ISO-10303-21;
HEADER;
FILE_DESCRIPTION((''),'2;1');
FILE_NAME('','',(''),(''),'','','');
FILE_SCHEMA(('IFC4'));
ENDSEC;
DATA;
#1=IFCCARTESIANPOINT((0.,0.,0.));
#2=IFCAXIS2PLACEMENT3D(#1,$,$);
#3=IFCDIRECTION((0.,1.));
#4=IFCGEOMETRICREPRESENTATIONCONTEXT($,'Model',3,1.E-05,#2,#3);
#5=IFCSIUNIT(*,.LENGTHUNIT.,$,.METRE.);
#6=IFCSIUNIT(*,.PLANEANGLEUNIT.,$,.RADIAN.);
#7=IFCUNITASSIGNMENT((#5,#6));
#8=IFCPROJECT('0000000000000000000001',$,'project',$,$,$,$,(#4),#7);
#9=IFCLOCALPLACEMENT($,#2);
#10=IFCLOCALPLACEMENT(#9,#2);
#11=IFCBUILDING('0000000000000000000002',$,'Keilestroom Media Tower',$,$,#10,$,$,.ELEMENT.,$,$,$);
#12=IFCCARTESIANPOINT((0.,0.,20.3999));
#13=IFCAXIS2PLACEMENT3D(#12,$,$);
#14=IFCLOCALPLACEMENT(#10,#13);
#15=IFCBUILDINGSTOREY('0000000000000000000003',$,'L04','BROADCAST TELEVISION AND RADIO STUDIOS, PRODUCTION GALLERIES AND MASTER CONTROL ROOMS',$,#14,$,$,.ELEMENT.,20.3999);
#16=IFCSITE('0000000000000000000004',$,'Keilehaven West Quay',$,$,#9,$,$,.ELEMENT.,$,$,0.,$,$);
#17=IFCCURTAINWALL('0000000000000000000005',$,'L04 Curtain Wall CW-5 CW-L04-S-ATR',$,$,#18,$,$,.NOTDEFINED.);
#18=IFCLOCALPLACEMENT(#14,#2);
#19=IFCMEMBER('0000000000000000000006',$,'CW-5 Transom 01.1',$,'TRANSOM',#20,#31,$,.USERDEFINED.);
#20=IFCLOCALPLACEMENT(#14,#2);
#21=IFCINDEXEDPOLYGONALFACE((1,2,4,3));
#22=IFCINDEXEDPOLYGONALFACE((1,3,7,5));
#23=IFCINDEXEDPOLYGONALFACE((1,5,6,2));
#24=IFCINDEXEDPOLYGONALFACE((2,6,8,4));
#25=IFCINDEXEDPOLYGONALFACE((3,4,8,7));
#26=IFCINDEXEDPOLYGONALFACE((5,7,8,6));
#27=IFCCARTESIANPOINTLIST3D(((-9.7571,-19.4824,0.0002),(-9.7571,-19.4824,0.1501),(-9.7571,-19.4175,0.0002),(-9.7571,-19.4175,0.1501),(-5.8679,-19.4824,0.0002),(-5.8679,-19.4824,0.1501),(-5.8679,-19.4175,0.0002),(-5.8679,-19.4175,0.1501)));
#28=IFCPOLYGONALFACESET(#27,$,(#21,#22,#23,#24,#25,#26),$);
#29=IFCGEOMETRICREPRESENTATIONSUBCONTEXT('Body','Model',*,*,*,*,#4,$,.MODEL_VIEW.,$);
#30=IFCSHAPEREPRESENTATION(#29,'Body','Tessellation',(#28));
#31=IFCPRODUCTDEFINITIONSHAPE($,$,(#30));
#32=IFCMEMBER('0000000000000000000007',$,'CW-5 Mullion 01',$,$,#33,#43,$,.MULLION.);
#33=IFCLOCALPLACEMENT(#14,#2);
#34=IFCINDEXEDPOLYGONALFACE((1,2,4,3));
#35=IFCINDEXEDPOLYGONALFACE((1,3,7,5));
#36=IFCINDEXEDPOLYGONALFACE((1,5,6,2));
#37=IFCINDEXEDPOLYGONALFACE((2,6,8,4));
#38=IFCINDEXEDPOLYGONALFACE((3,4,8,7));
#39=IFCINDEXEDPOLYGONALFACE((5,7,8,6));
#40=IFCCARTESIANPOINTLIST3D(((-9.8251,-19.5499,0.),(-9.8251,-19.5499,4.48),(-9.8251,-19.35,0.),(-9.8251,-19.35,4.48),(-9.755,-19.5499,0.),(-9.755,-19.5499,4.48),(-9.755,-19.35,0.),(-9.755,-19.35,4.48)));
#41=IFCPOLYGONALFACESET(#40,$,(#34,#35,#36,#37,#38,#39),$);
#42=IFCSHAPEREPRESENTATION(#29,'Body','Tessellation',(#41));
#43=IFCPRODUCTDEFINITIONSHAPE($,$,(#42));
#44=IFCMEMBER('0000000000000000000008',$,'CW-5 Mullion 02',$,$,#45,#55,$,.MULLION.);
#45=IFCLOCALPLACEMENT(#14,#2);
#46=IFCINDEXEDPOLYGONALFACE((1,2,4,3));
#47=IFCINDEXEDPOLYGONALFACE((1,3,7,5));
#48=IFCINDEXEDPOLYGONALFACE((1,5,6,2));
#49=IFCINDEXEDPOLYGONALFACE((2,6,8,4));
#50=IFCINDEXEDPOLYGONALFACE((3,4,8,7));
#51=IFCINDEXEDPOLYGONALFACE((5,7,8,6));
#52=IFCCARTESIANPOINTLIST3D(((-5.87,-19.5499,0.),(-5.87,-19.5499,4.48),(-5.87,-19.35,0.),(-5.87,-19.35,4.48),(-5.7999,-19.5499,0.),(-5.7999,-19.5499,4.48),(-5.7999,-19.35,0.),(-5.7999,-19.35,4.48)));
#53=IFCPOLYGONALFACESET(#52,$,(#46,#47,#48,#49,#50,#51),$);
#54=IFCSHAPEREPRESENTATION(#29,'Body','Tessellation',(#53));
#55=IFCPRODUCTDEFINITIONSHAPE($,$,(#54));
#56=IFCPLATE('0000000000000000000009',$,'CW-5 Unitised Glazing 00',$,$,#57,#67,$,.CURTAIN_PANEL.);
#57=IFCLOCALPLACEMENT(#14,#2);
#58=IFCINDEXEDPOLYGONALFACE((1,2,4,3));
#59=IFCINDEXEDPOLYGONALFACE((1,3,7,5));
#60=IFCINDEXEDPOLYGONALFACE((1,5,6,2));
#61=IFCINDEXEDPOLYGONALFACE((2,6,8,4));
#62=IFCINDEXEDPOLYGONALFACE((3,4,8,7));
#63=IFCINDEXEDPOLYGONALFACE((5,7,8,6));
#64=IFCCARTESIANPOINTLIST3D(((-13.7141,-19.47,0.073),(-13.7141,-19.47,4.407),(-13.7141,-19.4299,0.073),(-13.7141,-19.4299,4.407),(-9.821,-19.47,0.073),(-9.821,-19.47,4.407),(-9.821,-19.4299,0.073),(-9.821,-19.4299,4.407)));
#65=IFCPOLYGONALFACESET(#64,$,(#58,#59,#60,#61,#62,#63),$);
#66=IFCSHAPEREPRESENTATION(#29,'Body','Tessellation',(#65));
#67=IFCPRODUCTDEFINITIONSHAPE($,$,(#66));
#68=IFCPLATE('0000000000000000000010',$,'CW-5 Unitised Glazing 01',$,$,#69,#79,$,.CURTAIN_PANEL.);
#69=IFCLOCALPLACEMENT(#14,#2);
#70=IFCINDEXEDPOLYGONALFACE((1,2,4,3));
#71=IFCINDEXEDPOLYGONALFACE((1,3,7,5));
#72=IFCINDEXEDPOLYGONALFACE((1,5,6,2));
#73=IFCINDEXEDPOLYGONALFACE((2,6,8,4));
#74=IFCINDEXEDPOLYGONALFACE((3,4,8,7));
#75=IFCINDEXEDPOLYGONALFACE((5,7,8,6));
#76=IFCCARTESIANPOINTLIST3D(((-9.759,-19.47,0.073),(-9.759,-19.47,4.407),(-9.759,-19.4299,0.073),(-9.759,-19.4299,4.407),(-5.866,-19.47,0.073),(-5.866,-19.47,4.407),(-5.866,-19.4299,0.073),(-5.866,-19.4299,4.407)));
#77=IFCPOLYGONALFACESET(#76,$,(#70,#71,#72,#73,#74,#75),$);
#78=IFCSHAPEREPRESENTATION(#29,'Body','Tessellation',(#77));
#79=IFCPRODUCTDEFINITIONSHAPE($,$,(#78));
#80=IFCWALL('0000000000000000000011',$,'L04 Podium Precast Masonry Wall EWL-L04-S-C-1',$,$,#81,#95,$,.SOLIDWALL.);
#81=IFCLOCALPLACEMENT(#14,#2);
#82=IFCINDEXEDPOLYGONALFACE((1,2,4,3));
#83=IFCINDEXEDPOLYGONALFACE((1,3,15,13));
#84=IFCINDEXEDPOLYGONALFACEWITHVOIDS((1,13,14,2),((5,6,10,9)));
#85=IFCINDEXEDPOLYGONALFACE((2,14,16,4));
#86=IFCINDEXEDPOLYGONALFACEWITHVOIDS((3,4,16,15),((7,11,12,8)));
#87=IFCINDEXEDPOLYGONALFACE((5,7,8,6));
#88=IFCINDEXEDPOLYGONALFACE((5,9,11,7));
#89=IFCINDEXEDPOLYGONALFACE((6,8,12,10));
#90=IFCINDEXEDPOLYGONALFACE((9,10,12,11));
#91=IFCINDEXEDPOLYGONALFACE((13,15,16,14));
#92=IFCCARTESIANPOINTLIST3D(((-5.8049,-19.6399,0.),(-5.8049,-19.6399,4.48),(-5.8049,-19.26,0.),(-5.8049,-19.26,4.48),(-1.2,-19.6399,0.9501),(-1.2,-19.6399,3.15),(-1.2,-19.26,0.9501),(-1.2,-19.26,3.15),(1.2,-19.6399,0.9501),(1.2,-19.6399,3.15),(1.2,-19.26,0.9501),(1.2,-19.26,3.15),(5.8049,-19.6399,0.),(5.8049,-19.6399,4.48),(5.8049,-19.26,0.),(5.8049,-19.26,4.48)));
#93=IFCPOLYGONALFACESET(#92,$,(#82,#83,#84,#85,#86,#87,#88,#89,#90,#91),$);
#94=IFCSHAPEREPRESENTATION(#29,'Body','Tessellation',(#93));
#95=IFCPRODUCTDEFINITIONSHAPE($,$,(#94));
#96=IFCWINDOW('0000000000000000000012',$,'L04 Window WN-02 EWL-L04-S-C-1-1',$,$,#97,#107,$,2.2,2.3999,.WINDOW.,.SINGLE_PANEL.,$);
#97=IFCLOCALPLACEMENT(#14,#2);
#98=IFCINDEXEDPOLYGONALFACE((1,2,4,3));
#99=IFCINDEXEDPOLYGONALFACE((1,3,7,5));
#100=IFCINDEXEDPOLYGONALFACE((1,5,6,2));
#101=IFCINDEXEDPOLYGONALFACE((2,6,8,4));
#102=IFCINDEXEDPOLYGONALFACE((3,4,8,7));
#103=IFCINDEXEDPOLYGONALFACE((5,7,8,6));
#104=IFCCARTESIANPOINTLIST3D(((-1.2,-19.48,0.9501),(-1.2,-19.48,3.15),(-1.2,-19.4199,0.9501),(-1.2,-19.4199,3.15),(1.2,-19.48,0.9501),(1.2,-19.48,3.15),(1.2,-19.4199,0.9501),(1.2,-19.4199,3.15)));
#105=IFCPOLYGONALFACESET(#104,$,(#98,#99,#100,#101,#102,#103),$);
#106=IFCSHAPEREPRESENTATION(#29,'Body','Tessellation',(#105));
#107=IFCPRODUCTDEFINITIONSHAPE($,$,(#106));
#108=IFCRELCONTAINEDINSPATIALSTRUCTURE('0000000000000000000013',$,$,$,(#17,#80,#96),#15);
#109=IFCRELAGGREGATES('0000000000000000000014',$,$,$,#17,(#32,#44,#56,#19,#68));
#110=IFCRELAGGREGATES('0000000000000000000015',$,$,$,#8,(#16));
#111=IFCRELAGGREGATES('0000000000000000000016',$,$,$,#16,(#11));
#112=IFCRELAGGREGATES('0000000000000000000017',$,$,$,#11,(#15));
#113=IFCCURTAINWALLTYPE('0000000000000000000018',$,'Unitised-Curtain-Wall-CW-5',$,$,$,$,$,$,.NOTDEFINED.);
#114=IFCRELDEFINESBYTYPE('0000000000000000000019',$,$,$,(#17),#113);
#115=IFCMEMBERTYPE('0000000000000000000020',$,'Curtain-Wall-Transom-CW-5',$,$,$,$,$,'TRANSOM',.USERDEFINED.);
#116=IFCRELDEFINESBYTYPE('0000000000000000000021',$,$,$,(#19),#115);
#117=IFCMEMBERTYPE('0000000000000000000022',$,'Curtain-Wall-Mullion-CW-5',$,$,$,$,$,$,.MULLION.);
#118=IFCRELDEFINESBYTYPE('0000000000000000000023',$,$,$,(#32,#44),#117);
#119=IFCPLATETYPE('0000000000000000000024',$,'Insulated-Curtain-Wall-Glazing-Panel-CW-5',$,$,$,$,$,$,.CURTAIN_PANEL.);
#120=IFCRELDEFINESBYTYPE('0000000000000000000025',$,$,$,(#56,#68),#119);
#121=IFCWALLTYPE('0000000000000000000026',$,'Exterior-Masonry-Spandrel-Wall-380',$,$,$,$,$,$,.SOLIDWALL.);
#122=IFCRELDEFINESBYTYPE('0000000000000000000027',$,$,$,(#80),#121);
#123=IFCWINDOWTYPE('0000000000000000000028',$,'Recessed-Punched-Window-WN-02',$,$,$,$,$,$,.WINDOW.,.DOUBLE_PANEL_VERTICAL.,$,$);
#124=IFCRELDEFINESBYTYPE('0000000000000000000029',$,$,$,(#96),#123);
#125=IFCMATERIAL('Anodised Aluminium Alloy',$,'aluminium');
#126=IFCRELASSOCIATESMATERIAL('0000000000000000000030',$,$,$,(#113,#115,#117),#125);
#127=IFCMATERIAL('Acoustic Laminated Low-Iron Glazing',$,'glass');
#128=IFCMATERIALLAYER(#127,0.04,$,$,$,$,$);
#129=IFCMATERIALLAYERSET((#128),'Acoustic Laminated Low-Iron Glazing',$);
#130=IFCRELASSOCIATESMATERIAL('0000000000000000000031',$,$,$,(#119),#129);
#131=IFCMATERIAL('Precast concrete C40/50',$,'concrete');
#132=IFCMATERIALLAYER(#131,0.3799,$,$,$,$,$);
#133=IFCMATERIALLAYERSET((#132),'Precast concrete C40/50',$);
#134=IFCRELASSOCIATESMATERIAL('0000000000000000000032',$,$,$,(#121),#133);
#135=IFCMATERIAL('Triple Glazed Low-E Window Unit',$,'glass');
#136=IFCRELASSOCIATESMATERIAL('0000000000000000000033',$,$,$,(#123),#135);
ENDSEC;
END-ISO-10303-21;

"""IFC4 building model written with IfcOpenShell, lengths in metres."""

from ifc_helpers import new_model, si_unit, direction, frame, frame_2d, origin, origin_2d, place, context, subcontext, project, spatial, rectangle, extrude, source, transform, mapped, material, layer, layer_set, material_profile, profile_set, type_object, element, fill, aggregate, save


model = new_model("IFC4")

# Units and contexts
model_context = context("Model", 3, precision=1e-05, world=origin(), true_north=direction((0.0, 1.0)))
body_context = subcontext(model_context, "Body", "Model", "MODEL_VIEW")
ifc_project = project(units=[si_unit("LENGTHUNIT", "METRE"), si_unit("PLANEANGLEUNIT", "RADIAN")], contexts=[model_context])

# Site, building, storey
site_placement = place(None, origin())
site = spatial("IfcSite", under=ifc_project, at=site_placement, Name="Keilehaven West Quay", CompositionType="ELEMENT", RefElevation=0.0)
building_placement = place(site_placement, origin())
building = spatial("IfcBuilding", under=site, at=building_placement, Name="Keilestroom Media Tower", CompositionType="ELEMENT")
storey_placement = place(building_placement, frame((0.0, 0.0, 20.3999)))
storey = spatial("IfcBuildingStorey", under=building, at=storey_placement, Name="L04", Description="BROADCAST TELEVISION AND RADIO STUDIOS, PRODUCTION GALLERIES AND MASTER CONTROL ROOMS", CompositionType="ELEMENT", Elevation=20.3999)

# Shared definitions
ifc_material_1 = material(Name="Precast concrete C40/50", Category="concrete")

# Curtain wall, members, plates
ifc_material_2 = material(Name="Anodised Aluminium Alloy", Category="aluminium")
curtain_wall_type = type_object("IfcCurtainWallType", Name="Unitised-Curtain-Wall-CW-5", PredefinedType="NOTDEFINED", material=ifc_material_2)
curtain_wall_placement = place(storey_placement, origin())
curtain_wall = element("IfcCurtainWall", 1, at=curtain_wall_placement, inside=storey, type_object=curtain_wall_type, Name="L04 Curtain Wall CW-5 CW-L04-S-ATR", PredefinedType="NOTDEFINED")
ifc_material_profile_1 = material_profile(ifc_material_2, rectangle(XDim=0.0649, YDim=0.1499, at=origin_2d()), Name="ALU TRANSOM 65x150")
ifc_profile_set_1 = profile_set([ifc_material_profile_1], Name="Anodised Aluminium Alloy")
member_type_1 = type_object("IfcMemberType", Name="Curtain-Wall-Transom-CW-5", ElementType="TRANSOM", PredefinedType="USERDEFINED", material=ifc_profile_set_1)
shared_shape_1 = source(origin(), body_context, "Body", "SweptSolid", [
    extrude(rectangle(XDim=0.0649, YDim=0.1499, at=origin_2d()), origin(), (0.0, 0.0, 1.0), 3.8892),
])
member_1_placement = place(storey_placement, frame((-9.7571, -19.45, 0.0752), z_axis=(1.0, 0.0, 0.0), x_axis=(0.0, 1.0, 0.0)))
member_1 = element("IfcMember", 2, at=member_1_placement, type_object=member_type_1, Name="CW-5 Transom 01.1", ObjectType="TRANSOM", PredefinedType="USERDEFINED", context=body_context, shape_type="MappedRepresentation", body=[
    mapped(shared_shape_1, transform((0.0, 0.0, 0.0), x_axis=(1.0, 0.0, 0.0), y_axis=(0.0, 1.0, 0.0), z_axis=(0.0, 0.0, 1.0), scale=1.0)),
])
ifc_material_profile_2 = material_profile(ifc_material_2, rectangle(XDim=0.0701, YDim=0.2, at=origin_2d()), Name="ALU MULLION 70x200")
ifc_profile_set_2 = profile_set([ifc_material_profile_2], Name="Anodised Aluminium Alloy")
member_type_2 = type_object("IfcMemberType", Name="Curtain-Wall-Mullion-CW-5", PredefinedType="MULLION", material=ifc_profile_set_2)
shared_shape_2 = source(origin(), body_context, "Body", "SweptSolid", [
    extrude(rectangle(XDim=0.0701, YDim=0.2, at=origin_2d()), origin(), (0.0, 0.0, 1.0), 4.48),
])
member_2_placement = place(storey_placement, frame((-9.79, -19.45, 0.0), z_axis=(0.0, 0.0, 1.0), x_axis=(1.0, 0.0, 0.0)))
member_2 = element("IfcMember", 3, at=member_2_placement, type_object=member_type_2, Name="CW-5 Mullion 01", PredefinedType="MULLION", context=body_context, shape_type="MappedRepresentation", body=[
    mapped(shared_shape_2, transform((0.0, 0.0, 0.0), x_axis=(1.0, 0.0, 0.0), y_axis=(0.0, 1.0, 0.0), z_axis=(0.0, 0.0, 1.0), scale=1.0)),
])
member_3_placement = place(storey_placement, frame((-5.835, -19.45, 0.0), z_axis=(0.0, 0.0, 1.0), x_axis=(1.0, 0.0, 0.0)))
member_3 = element("IfcMember", 4, at=member_3_placement, type_object=member_type_2, Name="CW-5 Mullion 02", PredefinedType="MULLION", context=body_context, shape_type="MappedRepresentation", body=[
    mapped(shared_shape_2, transform((0.0, 0.0, 0.0), x_axis=(1.0, 0.0, 0.0), y_axis=(0.0, 1.0, 0.0), z_axis=(0.0, 0.0, 1.0), scale=1.0)),
])
ifc_material_3 = material(Name="Acoustic Laminated Low-Iron Glazing", Category="glass")
ifc_layer_1 = layer(ifc_material_3, 0.04)
ifc_layer_set_1 = layer_set([ifc_layer_1], Name="Acoustic Laminated Low-Iron Glazing")
plate_type = type_object("IfcPlateType", Name="Insulated-Curtain-Wall-Glazing-Panel-CW-5", PredefinedType="CURTAIN_PANEL", material=ifc_layer_set_1)
shared_shape_3 = source(origin(), body_context, "Body", "SweptSolid", [
    extrude(rectangle(XDim=3.8931, YDim=0.04, at=origin_2d()), origin(), (0.0, 0.0, 1.0), 4.334),
])
plate_1_placement = place(storey_placement, frame((-11.7676, -19.45, 0.073), z_axis=(0.0, 0.0, 1.0), x_axis=(1.0, 0.0, 0.0)))
plate_1 = element("IfcPlate", 5, at=plate_1_placement, type_object=plate_type, Name="CW-5 Unitised Glazing 00", PredefinedType="CURTAIN_PANEL", context=body_context, shape_type="MappedRepresentation", body=[
    mapped(shared_shape_3, transform((0.0, 0.0, 0.0), x_axis=(1.0, 0.0, 0.0), y_axis=(0.0, 1.0, 0.0), z_axis=(0.0, 0.0, 1.0), scale=1.0)),
])
plate_2_placement = place(storey_placement, frame((-7.8125, -19.45, 0.073), z_axis=(0.0, 0.0, 1.0), x_axis=(1.0, 0.0, 0.0)))
plate_2 = element("IfcPlate", 6, at=plate_2_placement, type_object=plate_type, Name="CW-5 Unitised Glazing 01", PredefinedType="CURTAIN_PANEL", context=body_context, shape_type="MappedRepresentation", body=[
    mapped(shared_shape_3, transform((0.0, 0.0, 0.0), x_axis=(1.0, 0.0, 0.0), y_axis=(0.0, 1.0, 0.0), z_axis=(0.0, 0.0, 1.0), scale=1.0)),
])
aggregate(curtain_wall, [member_2, member_3, plate_1, member_1, plate_2])

# Wall, opening, window
ifc_layer_2 = layer(ifc_material_1, 0.3799)
ifc_layer_set_2 = layer_set([ifc_layer_2], Name="Precast concrete C40/50")
wall_type = type_object("IfcWallType", Name="Exterior-Masonry-Spandrel-Wall-380", PredefinedType="SOLIDWALL", material=ifc_layer_set_2)
wall_placement = place(storey_placement, frame((-5.8049, -19.45, 0.0), z_axis=(0.0, 0.0, 1.0), x_axis=(1.0, 0.0, 0.0)))
wall = element("IfcWall", 7, at=wall_placement, inside=storey, type_object=wall_type, Name="L04 Podium Precast Masonry Wall EWL-L04-S-C-1", PredefinedType="SOLIDWALL", context=body_context, shape_type="SweptSolid", body=[
    extrude(rectangle(XDim=11.6099, YDim=0.3799, at=frame_2d((5.8049, 0.0))), origin(), (0.0, 0.0, 1.0), 4.48),
])
opening_placement = place(wall_placement, frame((4.605, 0.0, 0.95)))
opening = element("IfcOpeningElement", 8, at=opening_placement, cuts=wall, PredefinedType="OPENING", context=body_context, shape_type="SweptSolid", body=[
    extrude(rectangle(XDim=2.3999, YDim=2.2, at=frame_2d((1.2, 1.1001))), frame((0.0, 0.2, 0.0), z_axis=(0.0, -1.0, 0.0), x_axis=(1.0, 0.0, 0.0)), (0.0, 0.0, 1.0), 0.3999),
])
ifc_material_4 = material(Name="Triple Glazed Low-E Window Unit", Category="glass")
window_type = type_object("IfcWindowType", Name="Recessed-Punched-Window-WN-02", PartitioningType="DOUBLE_PANEL_VERTICAL", PredefinedType="WINDOW", material=ifc_material_4)
shared_shape_4 = source(origin(), body_context, "Body", "SweptSolid", [
    extrude(rectangle(XDim=2.3999, YDim=2.2, at=frame_2d((1.2, 1.1001))), frame((0.0, 0.03, 0.0), z_axis=(0.0, -1.0, 0.0), x_axis=(1.0, 0.0, 0.0)), (0.0, 0.0, 1.0), 0.0601),
])
window_placement = place(opening_placement, origin())
window = element("IfcWindow", 9, at=window_placement, inside=storey, type_object=window_type, Name="L04 Window WN-02 EWL-L04-S-C-1-1", OverallHeight=2.2, OverallWidth=2.3999, PartitioningType="SINGLE_PANEL", PredefinedType="WINDOW", context=body_context, shape_type="MappedRepresentation", body=[
    mapped(shared_shape_4, transform((0.0, 0.0, 0.0), x_axis=(1.0, 0.0, 0.0), y_axis=(0.0, 1.0, 0.0), z_axis=(0.0, 0.0, 1.0), scale=1.0)),
])
fill(opening, window)

save(model, "model.ifc")
